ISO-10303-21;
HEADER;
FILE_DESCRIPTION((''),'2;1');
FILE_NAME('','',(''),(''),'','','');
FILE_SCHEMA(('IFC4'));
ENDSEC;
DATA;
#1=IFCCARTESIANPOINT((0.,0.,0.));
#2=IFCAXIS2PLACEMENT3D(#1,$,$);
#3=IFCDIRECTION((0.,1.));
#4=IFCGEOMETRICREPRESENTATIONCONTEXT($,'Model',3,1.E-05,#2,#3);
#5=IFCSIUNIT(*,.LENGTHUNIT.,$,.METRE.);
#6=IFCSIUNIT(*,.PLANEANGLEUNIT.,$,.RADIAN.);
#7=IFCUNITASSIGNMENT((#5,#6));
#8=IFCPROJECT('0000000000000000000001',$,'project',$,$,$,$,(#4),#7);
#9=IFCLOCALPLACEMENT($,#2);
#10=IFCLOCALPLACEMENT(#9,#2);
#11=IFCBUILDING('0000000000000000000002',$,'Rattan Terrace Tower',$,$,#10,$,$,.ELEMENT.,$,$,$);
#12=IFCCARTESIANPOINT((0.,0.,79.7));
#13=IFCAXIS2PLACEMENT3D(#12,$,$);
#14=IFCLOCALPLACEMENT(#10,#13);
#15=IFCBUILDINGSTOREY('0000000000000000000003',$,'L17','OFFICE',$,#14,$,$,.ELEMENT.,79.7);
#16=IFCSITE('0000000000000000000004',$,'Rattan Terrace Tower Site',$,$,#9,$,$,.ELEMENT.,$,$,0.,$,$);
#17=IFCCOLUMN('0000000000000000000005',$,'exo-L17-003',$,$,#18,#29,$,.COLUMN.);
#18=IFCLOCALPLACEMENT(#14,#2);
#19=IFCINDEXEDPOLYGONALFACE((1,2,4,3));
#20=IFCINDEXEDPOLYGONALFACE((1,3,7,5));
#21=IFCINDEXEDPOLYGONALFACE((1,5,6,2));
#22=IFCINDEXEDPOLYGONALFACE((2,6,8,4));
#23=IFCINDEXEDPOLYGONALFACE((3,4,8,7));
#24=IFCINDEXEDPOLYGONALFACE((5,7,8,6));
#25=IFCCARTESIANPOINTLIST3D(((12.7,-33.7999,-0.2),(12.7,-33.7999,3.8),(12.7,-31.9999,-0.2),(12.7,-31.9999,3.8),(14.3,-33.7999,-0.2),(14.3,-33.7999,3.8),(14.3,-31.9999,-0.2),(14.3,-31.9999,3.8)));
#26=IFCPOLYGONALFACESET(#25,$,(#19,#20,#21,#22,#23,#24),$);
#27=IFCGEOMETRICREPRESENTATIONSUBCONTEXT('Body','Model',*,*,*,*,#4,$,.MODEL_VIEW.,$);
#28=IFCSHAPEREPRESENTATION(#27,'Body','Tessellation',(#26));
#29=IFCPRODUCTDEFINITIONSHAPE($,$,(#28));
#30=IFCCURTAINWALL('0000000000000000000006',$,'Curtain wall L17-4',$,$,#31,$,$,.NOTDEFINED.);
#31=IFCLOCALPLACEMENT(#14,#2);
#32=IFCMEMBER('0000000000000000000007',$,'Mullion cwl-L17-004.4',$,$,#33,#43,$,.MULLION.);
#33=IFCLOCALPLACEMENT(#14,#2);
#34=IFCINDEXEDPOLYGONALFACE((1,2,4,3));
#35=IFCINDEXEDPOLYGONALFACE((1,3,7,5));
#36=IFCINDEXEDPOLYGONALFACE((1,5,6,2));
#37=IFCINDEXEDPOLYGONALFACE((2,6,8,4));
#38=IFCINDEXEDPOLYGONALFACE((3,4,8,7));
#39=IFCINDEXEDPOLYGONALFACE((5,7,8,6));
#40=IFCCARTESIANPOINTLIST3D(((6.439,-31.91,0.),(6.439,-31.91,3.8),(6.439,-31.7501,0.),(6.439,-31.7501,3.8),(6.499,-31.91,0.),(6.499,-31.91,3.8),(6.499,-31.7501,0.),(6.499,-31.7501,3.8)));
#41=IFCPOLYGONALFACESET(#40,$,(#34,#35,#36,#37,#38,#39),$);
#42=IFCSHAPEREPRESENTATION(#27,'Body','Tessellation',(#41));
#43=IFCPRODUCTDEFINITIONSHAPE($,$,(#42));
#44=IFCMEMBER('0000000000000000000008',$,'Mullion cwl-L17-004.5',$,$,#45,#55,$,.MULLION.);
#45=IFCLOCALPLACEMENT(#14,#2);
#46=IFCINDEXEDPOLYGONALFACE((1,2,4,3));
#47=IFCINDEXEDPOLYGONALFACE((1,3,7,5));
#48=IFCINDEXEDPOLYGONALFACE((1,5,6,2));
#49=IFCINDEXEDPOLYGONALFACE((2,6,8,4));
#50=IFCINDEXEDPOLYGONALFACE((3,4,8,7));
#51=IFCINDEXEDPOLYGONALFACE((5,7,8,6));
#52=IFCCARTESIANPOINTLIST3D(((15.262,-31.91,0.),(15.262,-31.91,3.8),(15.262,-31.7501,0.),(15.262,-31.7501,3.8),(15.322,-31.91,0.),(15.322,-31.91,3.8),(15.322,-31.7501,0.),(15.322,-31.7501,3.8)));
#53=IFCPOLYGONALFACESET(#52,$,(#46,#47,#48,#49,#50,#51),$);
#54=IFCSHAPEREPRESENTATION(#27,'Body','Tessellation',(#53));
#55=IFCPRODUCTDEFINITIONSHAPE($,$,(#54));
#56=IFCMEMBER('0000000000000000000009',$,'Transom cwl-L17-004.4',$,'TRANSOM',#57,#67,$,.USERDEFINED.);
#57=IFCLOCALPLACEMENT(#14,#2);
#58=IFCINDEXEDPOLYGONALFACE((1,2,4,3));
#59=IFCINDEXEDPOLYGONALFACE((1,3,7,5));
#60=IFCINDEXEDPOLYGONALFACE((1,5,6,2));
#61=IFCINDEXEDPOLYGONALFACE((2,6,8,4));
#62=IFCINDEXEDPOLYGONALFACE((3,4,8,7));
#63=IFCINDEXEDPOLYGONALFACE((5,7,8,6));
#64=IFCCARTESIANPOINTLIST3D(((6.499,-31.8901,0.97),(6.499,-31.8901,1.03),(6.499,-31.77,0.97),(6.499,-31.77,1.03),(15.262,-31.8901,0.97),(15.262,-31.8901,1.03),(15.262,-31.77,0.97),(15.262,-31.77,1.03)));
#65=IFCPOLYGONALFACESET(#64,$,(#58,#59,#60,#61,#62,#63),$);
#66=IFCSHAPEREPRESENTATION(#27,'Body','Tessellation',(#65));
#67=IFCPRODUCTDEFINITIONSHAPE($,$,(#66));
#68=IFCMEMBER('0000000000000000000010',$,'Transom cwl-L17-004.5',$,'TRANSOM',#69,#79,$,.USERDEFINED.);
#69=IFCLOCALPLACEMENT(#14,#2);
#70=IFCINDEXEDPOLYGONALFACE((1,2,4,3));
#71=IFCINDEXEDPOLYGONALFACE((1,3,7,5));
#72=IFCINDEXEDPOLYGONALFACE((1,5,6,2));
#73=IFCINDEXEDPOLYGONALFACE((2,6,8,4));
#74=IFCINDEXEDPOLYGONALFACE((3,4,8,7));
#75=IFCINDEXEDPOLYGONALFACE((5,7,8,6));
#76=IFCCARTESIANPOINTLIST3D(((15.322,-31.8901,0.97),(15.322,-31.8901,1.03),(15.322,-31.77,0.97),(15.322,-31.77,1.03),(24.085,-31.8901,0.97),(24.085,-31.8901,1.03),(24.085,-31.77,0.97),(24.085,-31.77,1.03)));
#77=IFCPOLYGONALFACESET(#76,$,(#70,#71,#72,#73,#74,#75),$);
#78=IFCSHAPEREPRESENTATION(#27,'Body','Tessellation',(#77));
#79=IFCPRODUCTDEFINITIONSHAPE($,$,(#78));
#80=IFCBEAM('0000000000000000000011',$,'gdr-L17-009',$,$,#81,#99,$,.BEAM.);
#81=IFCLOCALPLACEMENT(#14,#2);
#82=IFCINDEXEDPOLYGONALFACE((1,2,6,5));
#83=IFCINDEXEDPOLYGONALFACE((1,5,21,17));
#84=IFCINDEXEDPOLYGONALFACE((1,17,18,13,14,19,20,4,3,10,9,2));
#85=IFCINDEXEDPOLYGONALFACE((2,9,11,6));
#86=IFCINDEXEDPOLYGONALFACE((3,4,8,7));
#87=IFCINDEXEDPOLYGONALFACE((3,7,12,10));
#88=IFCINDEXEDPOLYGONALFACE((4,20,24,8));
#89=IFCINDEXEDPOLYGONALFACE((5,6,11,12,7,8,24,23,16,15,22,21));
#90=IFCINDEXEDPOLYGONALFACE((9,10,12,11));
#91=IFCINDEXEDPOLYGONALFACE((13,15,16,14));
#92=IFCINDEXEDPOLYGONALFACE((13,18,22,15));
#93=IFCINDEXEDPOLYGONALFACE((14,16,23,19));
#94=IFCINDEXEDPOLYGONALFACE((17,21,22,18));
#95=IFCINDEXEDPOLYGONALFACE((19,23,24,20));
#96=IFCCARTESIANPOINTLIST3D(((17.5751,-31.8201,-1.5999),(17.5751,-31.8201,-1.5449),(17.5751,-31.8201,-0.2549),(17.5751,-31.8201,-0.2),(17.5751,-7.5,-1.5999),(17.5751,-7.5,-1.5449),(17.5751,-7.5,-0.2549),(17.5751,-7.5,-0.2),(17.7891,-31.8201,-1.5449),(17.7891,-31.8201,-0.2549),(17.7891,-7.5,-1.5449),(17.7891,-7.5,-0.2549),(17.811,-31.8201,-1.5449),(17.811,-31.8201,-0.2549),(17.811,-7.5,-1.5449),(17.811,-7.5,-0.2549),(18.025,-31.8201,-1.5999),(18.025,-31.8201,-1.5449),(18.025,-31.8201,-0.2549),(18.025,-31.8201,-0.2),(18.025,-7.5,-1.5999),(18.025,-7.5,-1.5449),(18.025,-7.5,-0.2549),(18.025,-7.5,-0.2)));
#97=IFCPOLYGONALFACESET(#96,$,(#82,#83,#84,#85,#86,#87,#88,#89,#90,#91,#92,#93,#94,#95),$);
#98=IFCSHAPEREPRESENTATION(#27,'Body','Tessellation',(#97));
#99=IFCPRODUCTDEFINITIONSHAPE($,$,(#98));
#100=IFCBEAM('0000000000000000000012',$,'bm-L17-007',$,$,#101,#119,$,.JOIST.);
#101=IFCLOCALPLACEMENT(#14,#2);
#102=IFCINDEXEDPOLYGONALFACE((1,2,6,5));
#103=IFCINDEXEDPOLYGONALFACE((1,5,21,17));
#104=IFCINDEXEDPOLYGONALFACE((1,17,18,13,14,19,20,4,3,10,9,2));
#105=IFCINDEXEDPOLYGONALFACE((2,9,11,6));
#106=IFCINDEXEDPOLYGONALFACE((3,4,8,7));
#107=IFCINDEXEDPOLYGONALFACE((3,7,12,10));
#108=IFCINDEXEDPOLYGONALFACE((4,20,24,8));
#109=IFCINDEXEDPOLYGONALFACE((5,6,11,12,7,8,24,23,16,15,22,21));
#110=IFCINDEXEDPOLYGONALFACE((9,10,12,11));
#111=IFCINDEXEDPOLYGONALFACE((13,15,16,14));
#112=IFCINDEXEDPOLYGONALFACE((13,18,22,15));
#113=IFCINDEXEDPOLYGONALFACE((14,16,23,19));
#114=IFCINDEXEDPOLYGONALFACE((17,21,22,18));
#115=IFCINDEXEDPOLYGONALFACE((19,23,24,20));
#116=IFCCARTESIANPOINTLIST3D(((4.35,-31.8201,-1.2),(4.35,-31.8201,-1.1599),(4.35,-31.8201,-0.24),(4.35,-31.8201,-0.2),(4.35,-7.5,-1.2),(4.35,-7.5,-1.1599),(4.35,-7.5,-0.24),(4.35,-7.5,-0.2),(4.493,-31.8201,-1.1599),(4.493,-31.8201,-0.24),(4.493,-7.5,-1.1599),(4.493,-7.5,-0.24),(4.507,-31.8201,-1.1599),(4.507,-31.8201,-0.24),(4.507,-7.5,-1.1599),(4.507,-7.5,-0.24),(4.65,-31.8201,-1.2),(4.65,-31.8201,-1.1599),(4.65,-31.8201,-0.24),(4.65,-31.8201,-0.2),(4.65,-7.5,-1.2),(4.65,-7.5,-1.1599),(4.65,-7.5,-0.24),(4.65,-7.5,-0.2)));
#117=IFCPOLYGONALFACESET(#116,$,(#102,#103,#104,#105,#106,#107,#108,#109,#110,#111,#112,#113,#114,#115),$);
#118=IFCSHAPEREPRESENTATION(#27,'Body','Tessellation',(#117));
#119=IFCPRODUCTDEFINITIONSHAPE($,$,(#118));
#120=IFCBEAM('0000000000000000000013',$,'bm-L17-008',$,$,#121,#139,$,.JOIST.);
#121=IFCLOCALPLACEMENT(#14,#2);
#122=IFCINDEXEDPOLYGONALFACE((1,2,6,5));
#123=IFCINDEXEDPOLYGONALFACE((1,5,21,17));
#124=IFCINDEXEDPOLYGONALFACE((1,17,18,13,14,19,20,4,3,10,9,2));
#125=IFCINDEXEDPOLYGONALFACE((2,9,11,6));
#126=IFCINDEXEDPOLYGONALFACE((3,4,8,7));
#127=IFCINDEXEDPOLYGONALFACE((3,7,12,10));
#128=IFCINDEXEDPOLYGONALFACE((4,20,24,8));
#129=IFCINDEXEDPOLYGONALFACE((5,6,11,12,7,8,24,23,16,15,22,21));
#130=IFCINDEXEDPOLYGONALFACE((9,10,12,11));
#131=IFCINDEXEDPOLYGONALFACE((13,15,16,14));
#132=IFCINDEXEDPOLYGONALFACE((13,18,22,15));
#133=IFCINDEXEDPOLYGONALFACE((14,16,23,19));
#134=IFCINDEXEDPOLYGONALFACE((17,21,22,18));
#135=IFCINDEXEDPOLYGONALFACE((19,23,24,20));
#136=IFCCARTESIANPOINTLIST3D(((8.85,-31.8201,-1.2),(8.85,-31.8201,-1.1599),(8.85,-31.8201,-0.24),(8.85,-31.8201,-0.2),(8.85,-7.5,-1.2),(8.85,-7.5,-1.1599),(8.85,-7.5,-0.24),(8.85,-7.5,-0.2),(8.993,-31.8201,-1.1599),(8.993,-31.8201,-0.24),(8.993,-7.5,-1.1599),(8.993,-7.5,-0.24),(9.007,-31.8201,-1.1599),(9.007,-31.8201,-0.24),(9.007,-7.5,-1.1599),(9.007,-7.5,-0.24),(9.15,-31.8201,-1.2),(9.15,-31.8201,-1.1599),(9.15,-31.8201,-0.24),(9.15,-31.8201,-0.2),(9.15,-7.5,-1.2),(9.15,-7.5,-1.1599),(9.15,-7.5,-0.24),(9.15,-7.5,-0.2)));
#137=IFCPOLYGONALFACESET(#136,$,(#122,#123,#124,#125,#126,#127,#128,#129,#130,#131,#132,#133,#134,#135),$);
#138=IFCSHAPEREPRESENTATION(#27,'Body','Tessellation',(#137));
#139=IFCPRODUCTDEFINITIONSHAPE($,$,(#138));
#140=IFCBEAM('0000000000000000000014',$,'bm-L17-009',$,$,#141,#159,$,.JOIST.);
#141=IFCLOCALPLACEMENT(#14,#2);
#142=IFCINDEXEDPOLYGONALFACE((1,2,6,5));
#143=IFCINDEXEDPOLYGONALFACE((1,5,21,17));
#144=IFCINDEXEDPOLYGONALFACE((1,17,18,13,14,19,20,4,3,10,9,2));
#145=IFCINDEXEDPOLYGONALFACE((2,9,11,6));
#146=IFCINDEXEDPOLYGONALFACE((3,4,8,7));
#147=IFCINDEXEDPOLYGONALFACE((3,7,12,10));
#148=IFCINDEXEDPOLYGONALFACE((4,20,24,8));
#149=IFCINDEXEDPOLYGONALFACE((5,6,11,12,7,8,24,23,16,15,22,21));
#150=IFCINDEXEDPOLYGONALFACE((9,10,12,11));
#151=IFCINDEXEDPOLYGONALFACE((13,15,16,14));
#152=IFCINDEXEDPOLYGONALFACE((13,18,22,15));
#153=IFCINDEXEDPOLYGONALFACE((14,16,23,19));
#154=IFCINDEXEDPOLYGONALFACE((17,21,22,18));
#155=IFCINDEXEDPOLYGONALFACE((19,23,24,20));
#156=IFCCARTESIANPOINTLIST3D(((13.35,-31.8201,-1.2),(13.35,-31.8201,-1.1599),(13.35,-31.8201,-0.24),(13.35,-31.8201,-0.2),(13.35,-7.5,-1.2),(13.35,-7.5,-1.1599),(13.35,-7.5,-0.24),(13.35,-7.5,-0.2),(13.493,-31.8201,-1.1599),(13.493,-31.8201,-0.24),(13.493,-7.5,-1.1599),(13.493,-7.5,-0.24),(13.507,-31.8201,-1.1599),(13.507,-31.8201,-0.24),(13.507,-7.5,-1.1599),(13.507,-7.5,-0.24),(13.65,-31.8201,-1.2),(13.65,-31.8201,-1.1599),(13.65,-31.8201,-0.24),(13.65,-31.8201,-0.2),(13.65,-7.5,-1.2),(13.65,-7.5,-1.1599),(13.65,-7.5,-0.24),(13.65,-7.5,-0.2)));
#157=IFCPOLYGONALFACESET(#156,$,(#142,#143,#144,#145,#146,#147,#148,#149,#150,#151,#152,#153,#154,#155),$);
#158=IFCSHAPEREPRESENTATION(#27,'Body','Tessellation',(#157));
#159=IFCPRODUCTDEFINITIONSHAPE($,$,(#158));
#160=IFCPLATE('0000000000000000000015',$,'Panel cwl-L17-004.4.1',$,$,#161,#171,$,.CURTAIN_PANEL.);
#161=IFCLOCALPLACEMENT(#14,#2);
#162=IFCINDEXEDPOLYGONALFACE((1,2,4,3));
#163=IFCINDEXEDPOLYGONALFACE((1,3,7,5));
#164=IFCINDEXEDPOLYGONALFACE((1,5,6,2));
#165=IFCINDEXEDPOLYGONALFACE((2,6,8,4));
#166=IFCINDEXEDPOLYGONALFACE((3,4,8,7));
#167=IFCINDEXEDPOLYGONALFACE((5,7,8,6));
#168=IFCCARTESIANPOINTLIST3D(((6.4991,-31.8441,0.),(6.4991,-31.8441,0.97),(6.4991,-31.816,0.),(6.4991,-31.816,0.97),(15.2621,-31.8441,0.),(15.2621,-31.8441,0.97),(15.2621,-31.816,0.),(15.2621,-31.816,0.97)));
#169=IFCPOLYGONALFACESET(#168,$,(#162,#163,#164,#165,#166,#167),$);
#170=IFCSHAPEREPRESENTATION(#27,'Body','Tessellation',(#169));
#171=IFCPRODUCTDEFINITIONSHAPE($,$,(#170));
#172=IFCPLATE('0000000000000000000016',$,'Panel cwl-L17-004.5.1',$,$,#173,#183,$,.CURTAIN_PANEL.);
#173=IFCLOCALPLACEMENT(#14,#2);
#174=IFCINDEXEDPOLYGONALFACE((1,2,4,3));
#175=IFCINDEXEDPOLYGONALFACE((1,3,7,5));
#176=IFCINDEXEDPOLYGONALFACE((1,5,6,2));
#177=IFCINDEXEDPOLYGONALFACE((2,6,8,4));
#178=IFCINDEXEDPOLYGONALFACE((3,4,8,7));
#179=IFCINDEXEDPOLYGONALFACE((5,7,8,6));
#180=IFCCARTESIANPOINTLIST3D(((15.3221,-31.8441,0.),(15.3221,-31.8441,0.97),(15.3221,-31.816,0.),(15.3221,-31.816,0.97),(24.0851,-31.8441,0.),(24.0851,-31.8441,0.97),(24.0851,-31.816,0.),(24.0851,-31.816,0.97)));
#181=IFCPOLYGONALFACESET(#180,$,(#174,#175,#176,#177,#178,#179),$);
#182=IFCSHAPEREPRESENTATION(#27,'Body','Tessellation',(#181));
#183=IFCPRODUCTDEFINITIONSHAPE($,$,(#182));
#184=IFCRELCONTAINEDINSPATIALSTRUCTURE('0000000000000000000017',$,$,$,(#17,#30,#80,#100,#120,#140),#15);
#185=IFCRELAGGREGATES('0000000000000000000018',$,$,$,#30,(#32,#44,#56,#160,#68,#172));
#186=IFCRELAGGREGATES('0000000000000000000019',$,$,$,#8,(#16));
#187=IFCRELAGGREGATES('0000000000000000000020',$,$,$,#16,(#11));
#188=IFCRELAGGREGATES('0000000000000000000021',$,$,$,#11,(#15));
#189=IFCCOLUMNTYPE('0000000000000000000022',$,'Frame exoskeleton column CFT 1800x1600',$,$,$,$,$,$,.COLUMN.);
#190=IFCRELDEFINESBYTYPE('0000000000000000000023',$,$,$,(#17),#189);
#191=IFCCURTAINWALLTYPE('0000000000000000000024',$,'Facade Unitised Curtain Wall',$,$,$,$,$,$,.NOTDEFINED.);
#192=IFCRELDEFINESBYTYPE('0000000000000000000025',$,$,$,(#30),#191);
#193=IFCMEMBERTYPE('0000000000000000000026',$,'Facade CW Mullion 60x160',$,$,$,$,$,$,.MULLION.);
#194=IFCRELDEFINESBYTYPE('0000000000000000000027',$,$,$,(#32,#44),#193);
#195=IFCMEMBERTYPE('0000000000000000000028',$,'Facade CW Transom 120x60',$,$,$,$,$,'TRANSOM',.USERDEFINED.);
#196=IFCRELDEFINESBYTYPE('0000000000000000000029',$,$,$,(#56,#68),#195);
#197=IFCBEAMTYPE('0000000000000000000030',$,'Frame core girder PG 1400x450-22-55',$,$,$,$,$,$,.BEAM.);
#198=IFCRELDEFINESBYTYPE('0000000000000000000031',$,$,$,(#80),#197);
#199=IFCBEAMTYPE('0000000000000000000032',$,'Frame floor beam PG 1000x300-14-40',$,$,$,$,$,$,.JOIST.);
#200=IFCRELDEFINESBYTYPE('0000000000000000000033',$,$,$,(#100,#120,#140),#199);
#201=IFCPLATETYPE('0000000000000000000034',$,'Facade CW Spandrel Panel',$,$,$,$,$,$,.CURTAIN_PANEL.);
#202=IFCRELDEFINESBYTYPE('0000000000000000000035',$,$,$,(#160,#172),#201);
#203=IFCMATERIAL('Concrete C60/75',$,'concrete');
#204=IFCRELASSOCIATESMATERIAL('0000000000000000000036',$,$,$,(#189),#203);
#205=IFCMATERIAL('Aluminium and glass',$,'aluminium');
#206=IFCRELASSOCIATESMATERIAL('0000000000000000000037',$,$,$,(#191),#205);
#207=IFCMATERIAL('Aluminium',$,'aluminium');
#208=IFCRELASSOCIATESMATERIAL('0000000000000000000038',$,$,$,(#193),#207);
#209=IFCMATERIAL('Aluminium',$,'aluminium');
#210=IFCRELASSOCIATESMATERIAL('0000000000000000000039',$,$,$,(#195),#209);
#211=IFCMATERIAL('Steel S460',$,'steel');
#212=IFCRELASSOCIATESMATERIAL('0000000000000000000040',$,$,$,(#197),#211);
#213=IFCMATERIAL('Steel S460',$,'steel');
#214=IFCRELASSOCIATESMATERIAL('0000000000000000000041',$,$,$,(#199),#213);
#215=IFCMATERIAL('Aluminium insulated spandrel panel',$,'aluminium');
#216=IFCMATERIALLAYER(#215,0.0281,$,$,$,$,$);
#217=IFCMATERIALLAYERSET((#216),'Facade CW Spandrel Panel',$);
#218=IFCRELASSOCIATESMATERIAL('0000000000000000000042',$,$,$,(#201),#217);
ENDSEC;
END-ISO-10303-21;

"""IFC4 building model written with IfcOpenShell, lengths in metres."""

from ifc_helpers import new_model, si_unit, direction, frame, origin, origin_2d, place, context, subcontext, project, spatial, rectangle, i_section, extrude, material, layer, layer_set, material_profile, profile_set, type_object, element, aggregate, save


model = new_model("IFC4")

# Units and contexts
model_context = context("Model", 3, precision=1e-05, world=origin(), true_north=direction((0.0, 1.0)))
body_context = subcontext(model_context, "Body", "Model", "MODEL_VIEW")
ifc_project = project(units=[si_unit("LENGTHUNIT", "METRE"), si_unit("PLANEANGLEUNIT", "RADIAN")], contexts=[model_context])

# Site, building, storey
site_placement = place(None, origin())
site = spatial("IfcSite", under=ifc_project, at=site_placement, Name="Rattan Terrace Tower Site", CompositionType="ELEMENT", RefElevation=0.0)
building_placement = place(site_placement, origin())
building = spatial("IfcBuilding", under=site, at=building_placement, Name="Rattan Terrace Tower", CompositionType="ELEMENT")
storey_placement = place(building_placement, frame((0.0, 0.0, 79.7)))
storey = spatial("IfcBuildingStorey", under=building, at=storey_placement, Name="L17", Description="OFFICE", CompositionType="ELEMENT", Elevation=79.7)

# Column
ifc_material_1 = material(Name="Concrete C60/75", Category="concrete")
ifc_material_profile_1 = material_profile(ifc_material_1, rectangle(XDim=1.6001, YDim=1.8, at=origin_2d()), Name="CFT 1800x1600")
ifc_profile_set_1 = profile_set([ifc_material_profile_1], Name="Concrete C60/75")
column_type = type_object("IfcColumnType", Name="Frame exoskeleton column CFT 1800x1600", PredefinedType="COLUMN", material=ifc_profile_set_1)
column_placement = place(storey_placement, frame((13.5, -32.8999, -0.2), z_axis=(0.0, 0.0, 1.0), x_axis=(1.0, 0.0, 0.0)))
element("IfcColumn", 1, at=column_placement, inside=storey, type_object=column_type, Name="exo-L17-003", PredefinedType="COLUMN", context=body_context, shape_type="SweptSolid", body=[
    extrude(rectangle(XDim=1.6001, YDim=1.8, at=origin_2d()), origin(), (0.0, 0.0, 1.0), 4.0),
])

# Curtain wall, members
ifc_material_2 = material(Name="Aluminium and glass", Category="aluminium")
curtain_wall_type = type_object("IfcCurtainWallType", Name="Facade Unitised Curtain Wall", PredefinedType="NOTDEFINED", material=ifc_material_2)
curtain_wall_placement = place(storey_placement, origin())
curtain_wall = element("IfcCurtainWall", 2, at=curtain_wall_placement, inside=storey, type_object=curtain_wall_type, Name="Curtain wall L17-4", PredefinedType="NOTDEFINED")
ifc_material_3 = material(Name="Aluminium", Category="aluminium")
ifc_material_profile_2 = material_profile(ifc_material_3, rectangle(XDim=0.0601, YDim=0.1599, at=origin_2d()), Name="Aluminium 60x160")
ifc_profile_set_2 = profile_set([ifc_material_profile_2], Name="Aluminium")
member_type_1 = type_object("IfcMemberType", Name="Facade CW Mullion 60x160", PredefinedType="MULLION", material=ifc_profile_set_2)
member_1_placement = place(storey_placement, frame((6.469, -31.8301, 0.0), z_axis=(0.0, 0.0, 1.0), x_axis=(1.0, 0.0, 0.0)))
member_1 = element("IfcMember", 3, at=member_1_placement, type_object=member_type_1, Name="Mullion cwl-L17-004.4", PredefinedType="MULLION", context=body_context, shape_type="SweptSolid", body=[
    extrude(rectangle(XDim=0.0601, YDim=0.1599, at=origin_2d()), origin(), (0.0, 0.0, 1.0), 3.8),
])
member_2_placement = place(storey_placement, frame((15.292, -31.8301, 0.0), z_axis=(0.0, 0.0, 1.0), x_axis=(1.0, 0.0, 0.0)))
member_2 = element("IfcMember", 4, at=member_2_placement, type_object=member_type_1, Name="Mullion cwl-L17-004.5", PredefinedType="MULLION", context=body_context, shape_type="SweptSolid", body=[
    extrude(rectangle(XDim=0.0601, YDim=0.1599, at=origin_2d()), origin(), (0.0, 0.0, 1.0), 3.8),
])
ifc_material_4 = material(Name="Aluminium", Category="aluminium")
ifc_material_profile_3 = material_profile(ifc_material_4, rectangle(XDim=0.1201, YDim=0.0601, at=origin_2d()), Name="Aluminium 120x60")
ifc_profile_set_3 = profile_set([ifc_material_profile_3], Name="Aluminium")
member_type_2 = type_object("IfcMemberType", Name="Facade CW Transom 120x60", ElementType="TRANSOM", PredefinedType="USERDEFINED", material=ifc_profile_set_3)
member_3_placement = place(storey_placement, frame((6.499, -31.8301, 1.0), z_axis=(1.0, 0.0, 0.0), x_axis=(0.0, 1.0, 0.0)))
member_3 = element("IfcMember", 5, at=member_3_placement, type_object=member_type_2, Name="Transom cwl-L17-004.4", ObjectType="TRANSOM", PredefinedType="USERDEFINED", context=body_context, shape_type="SweptSolid", body=[
    extrude(rectangle(XDim=0.1201, YDim=0.0601, at=origin_2d()), origin(), (0.0, 0.0, 1.0), 8.7629),
])
member_4_placement = place(storey_placement, frame((15.322, -31.8301, 1.0), z_axis=(1.0, 0.0, 0.0), x_axis=(0.0, 1.0, 0.0)))
member_4 = element("IfcMember", 6, at=member_4_placement, type_object=member_type_2, Name="Transom cwl-L17-004.5", ObjectType="TRANSOM", PredefinedType="USERDEFINED", context=body_context, shape_type="SweptSolid", body=[
    extrude(rectangle(XDim=0.1201, YDim=0.0601, at=origin_2d()), origin(), (0.0, 0.0, 1.0), 8.7629),
])

# Beams
ifc_material_5 = material(Name="Steel S460", Category="steel")
ifc_material_profile_4 = material_profile(ifc_material_5, i_section(OverallWidth=0.45, OverallDepth=1.3999, WebThickness=0.022, FlangeThickness=0.0549, at=origin_2d()), Name="PG 1400x450-22-55")
ifc_profile_set_4 = profile_set([ifc_material_profile_4], Name="Steel S460")
beam_type_1 = type_object("IfcBeamType", Name="Frame core girder PG 1400x450-22-55", PredefinedType="BEAM", material=ifc_profile_set_4)
beam_placement = place(storey_placement, frame((17.8, -31.8201, -0.8999), z_axis=(0.0, 1.0, 0.0), x_axis=(-1.0, 0.0, 0.0)))
element("IfcBeam", 7, at=beam_placement, inside=storey, type_object=beam_type_1, Name="gdr-L17-009", PredefinedType="BEAM", context=body_context, shape_type="SweptSolid", body=[
    extrude(i_section(OverallWidth=0.45, OverallDepth=1.3999, WebThickness=0.022, FlangeThickness=0.0549, at=origin_2d()), origin(), (0.0, 0.0, 1.0), 24.3201),
])
ifc_material_6 = material(Name="Steel S460", Category="steel")
ifc_material_profile_5 = material_profile(ifc_material_6, i_section(OverallWidth=0.3, OverallDepth=1.0, WebThickness=0.0139, FlangeThickness=0.04, at=origin_2d()), Name="PG 1000x300-14-40")
ifc_profile_set_5 = profile_set([ifc_material_profile_5], Name="Steel S460")
beam_type_2 = type_object("IfcBeamType", Name="Frame floor beam PG 1000x300-14-40", PredefinedType="JOIST", material=ifc_profile_set_5)
for number, where, z_axis, x_axis, name in (
    (8, (4.5, -31.8201, -0.7), (0.0, 1.0, 0.0), (-1.0, 0.0, 0.0), "bm-L17-007"),
    (9, (9.0, -31.8201, -0.7), (0.0, 1.0, 0.0), (-1.0, 0.0, 0.0), "bm-L17-008"),
    (10, (13.5, -31.8201, -0.7), (0.0, 1.0, 0.0), (-1.0, 0.0, 0.0), "bm-L17-009"),
):
    element("IfcBeam", number, at=place(storey_placement, frame(where, z_axis=z_axis, x_axis=x_axis)), inside=storey, type_object=beam_type_2, Name=name, PredefinedType="JOIST", context=body_context, shape_type="SweptSolid", body=[
        extrude(i_section(OverallWidth=0.3, OverallDepth=1.0, WebThickness=0.0139, FlangeThickness=0.04, at=origin_2d()), origin(), (0.0, 0.0, 1.0), 24.3201),
    ])

# Plates
ifc_material_7 = material(Name="Aluminium insulated spandrel panel", Category="aluminium")
ifc_layer_1 = layer(ifc_material_7, 0.0281)
ifc_layer_set_1 = layer_set([ifc_layer_1], Name="Facade CW Spandrel Panel")
plate_type_1 = type_object("IfcPlateType", Name="Facade CW Spandrel Panel", PredefinedType="CURTAIN_PANEL", material=ifc_layer_set_1)
plate_1_placement = place(storey_placement, frame((10.8806, -31.8301, 0.0), z_axis=(0.0, 0.0, 1.0), x_axis=(1.0, 0.0, 0.0)))
plate_1 = element("IfcPlate", 11, at=plate_1_placement, type_object=plate_type_1, Name="Panel cwl-L17-004.4.1", PredefinedType="CURTAIN_PANEL", context=body_context, shape_type="SweptSolid", body=[
    extrude(rectangle(XDim=8.7629, YDim=0.0281, at=origin_2d()), origin(), (0.0, 0.0, 1.0), 0.97),
])
plate_2_placement = place(storey_placement, frame((19.7036, -31.8301, 0.0), z_axis=(0.0, 0.0, 1.0), x_axis=(1.0, 0.0, 0.0)))
plate_2 = element("IfcPlate", 12, at=plate_2_placement, type_object=plate_type_1, Name="Panel cwl-L17-004.5.1", PredefinedType="CURTAIN_PANEL", context=body_context, shape_type="SweptSolid", body=[
    extrude(rectangle(XDim=8.7629, YDim=0.0281, at=origin_2d()), origin(), (0.0, 0.0, 1.0), 0.97),
])
aggregate(curtain_wall, [member_1, member_2, member_3, plate_1, member_4, plate_2])

save(model, "model.ifc")
